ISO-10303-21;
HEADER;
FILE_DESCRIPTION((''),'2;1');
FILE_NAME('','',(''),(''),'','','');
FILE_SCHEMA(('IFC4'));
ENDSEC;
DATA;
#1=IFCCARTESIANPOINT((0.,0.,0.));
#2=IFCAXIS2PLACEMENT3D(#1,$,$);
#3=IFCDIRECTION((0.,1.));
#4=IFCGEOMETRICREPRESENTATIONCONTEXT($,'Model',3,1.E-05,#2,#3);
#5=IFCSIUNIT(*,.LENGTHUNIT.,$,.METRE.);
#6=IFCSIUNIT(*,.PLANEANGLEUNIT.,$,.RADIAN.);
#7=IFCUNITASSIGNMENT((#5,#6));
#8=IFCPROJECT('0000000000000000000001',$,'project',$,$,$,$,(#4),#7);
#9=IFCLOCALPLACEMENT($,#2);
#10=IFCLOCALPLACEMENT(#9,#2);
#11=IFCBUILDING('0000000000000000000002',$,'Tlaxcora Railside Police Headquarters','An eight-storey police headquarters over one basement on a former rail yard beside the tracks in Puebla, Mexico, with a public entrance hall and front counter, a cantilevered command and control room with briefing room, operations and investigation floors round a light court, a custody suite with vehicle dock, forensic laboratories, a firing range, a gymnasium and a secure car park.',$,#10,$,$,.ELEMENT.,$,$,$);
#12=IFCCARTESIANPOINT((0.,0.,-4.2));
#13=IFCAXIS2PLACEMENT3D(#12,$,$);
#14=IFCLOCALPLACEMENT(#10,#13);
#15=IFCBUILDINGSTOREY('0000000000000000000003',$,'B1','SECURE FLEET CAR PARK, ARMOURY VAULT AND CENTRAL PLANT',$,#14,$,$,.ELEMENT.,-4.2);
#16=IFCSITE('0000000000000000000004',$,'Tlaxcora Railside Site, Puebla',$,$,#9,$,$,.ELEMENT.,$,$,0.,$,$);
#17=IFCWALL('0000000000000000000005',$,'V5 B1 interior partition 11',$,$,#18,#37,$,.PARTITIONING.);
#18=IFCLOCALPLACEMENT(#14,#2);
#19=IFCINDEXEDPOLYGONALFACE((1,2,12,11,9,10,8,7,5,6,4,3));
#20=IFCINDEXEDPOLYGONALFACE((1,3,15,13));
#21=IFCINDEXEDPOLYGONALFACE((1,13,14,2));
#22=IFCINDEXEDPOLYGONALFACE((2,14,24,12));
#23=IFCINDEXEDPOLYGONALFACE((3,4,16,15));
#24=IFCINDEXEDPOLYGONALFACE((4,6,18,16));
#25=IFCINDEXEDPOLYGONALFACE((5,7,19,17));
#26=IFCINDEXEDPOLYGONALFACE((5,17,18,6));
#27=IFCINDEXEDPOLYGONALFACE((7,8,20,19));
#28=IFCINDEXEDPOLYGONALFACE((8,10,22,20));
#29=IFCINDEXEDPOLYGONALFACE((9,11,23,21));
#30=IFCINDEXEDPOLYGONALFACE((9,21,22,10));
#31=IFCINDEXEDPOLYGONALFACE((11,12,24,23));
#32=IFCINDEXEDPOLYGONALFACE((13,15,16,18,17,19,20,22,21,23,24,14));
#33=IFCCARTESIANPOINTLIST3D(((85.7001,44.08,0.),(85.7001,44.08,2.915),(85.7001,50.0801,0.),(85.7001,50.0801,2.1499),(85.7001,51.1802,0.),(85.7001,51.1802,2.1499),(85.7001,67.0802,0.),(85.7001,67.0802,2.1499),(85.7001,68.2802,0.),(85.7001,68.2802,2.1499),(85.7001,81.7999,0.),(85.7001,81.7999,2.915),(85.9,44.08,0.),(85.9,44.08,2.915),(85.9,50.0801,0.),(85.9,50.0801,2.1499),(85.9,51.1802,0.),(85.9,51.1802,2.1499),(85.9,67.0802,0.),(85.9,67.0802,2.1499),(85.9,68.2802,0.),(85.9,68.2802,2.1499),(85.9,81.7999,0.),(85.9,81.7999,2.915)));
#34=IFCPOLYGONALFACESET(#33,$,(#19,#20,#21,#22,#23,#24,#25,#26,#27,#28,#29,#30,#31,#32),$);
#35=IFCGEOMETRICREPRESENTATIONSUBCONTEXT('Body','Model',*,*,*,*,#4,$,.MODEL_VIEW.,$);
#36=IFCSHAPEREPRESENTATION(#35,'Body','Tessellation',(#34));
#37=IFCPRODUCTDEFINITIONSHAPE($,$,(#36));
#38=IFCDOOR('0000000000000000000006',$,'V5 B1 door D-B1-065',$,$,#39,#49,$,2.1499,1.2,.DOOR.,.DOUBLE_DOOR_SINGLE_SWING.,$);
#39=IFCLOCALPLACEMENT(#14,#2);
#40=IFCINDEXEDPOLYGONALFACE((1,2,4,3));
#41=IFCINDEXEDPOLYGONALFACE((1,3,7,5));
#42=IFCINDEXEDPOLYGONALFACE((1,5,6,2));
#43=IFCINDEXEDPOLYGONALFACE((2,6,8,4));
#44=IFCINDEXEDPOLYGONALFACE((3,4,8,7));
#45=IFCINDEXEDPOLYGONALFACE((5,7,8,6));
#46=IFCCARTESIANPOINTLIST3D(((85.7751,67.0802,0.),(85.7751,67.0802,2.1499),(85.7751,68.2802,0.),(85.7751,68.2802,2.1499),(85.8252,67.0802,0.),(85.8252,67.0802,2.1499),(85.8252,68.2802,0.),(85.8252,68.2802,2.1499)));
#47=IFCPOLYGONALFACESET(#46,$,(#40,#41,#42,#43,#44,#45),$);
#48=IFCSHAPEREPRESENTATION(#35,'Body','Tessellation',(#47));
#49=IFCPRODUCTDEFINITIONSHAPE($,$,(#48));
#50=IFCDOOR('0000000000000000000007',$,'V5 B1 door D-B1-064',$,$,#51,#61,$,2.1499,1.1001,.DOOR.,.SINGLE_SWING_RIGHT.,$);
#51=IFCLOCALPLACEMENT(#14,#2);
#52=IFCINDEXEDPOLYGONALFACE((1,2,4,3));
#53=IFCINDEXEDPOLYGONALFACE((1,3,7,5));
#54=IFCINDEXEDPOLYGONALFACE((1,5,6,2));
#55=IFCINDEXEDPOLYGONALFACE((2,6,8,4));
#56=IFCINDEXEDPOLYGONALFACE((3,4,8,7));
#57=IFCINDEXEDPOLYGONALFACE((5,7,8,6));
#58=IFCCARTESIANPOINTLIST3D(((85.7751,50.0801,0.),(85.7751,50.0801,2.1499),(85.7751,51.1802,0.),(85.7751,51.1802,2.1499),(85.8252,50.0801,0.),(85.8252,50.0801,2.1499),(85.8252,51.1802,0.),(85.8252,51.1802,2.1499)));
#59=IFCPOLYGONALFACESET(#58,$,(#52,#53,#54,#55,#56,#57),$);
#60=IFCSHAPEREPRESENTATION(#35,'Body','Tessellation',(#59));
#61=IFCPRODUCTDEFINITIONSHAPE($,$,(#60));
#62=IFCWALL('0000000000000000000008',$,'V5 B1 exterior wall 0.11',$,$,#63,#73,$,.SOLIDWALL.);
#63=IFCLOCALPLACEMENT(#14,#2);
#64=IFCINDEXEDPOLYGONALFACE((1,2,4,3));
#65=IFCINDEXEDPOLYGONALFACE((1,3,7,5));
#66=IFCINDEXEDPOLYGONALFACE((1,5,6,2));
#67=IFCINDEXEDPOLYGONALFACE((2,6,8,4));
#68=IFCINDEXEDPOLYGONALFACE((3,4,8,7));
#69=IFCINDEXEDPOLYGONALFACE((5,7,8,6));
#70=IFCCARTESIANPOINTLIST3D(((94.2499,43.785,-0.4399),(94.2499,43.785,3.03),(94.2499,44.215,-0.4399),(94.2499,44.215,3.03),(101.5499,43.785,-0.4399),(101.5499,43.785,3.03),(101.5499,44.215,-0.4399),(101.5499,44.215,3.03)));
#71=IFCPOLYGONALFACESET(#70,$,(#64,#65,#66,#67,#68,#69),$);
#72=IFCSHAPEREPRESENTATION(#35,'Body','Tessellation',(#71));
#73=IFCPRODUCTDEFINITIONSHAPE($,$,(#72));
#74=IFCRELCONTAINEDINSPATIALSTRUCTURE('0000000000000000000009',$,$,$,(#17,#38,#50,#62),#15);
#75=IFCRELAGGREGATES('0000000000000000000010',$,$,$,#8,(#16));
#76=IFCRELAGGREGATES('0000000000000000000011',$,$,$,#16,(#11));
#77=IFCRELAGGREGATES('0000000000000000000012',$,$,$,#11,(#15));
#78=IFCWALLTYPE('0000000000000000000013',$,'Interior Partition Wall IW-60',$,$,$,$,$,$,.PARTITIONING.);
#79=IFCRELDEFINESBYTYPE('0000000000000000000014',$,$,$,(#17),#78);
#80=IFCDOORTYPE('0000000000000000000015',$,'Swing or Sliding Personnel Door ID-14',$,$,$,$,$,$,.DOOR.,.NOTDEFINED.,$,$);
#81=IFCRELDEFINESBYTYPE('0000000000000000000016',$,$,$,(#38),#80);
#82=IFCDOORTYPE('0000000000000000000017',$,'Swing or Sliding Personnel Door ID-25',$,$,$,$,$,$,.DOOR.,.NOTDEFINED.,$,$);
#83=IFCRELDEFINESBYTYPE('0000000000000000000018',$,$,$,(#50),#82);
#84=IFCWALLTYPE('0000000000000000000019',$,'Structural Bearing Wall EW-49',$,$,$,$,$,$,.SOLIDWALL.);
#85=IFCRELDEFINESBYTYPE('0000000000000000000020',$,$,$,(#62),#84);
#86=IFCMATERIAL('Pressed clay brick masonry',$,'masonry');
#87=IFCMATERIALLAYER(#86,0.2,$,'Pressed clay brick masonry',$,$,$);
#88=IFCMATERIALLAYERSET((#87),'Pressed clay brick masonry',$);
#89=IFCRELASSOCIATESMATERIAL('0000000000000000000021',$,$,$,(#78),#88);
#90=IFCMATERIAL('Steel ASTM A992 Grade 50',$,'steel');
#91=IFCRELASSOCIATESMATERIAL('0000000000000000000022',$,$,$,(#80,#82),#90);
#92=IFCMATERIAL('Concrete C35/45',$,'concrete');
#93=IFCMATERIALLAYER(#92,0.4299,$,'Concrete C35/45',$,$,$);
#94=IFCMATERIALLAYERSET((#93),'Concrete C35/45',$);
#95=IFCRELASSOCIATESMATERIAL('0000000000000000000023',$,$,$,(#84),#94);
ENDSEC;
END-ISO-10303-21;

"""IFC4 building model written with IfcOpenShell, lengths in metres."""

from ifc_helpers import new_model, si_unit, direction, frame, frame_2d, origin, place, context, subcontext, project, spatial, rectangle, extrude, material, layer, layer_set, type_object, element, fill, save


model = new_model("IFC4")

# Units and contexts
model_context = context("Model", 3, precision=1e-05, world=origin(), true_north=direction((0.0, 1.0)))
body_context = subcontext(model_context, "Body", "Model", "MODEL_VIEW")
ifc_project = project(units=[si_unit("LENGTHUNIT", "METRE"), si_unit("PLANEANGLEUNIT", "RADIAN")], contexts=[model_context])

# Site, building, storey
site_placement = place(None, origin())
site = spatial("IfcSite", under=ifc_project, at=site_placement, Name="Tlaxcora Railside Site, Puebla", CompositionType="ELEMENT", RefElevation=0.0)
building_placement = place(site_placement, origin())
building = spatial("IfcBuilding", under=site, at=building_placement, Name="Tlaxcora Railside Police Headquarters", Description="An eight-storey police headquarters over one basement on a former rail yard beside the tracks in Puebla, Mexico, with a public entrance hall and front counter, a cantilevered command and control room with briefing room, operations and investigation floors round a light court, a custody suite with vehicle dock, forensic laboratories, a firing range, a gymnasium and a secure car park.", CompositionType="ELEMENT")
storey_placement = place(building_placement, frame((0.0, 0.0, -4.2)))
storey = spatial("IfcBuildingStorey", under=building, at=storey_placement, Name="B1", Description="SECURE FLEET CAR PARK, ARMOURY VAULT AND CENTRAL PLANT", CompositionType="ELEMENT", Elevation=-4.2)

# Shared definitions
ifc_material_1 = material(Name="Concrete C35/45", Category="concrete")

# Shared definitions
ifc_material_2 = material(Name="Steel ASTM A992 Grade 50", Category="steel")

# Wall, openings, doors
ifc_material_3 = material(Name="Pressed clay brick masonry", Category="masonry")
ifc_layer_1 = layer(ifc_material_3, 0.2, Name="Pressed clay brick masonry")
ifc_layer_set_1 = layer_set([ifc_layer_1], Name="Pressed clay brick masonry")
wall_type_1 = type_object("IfcWallType", Name="Interior Partition Wall IW-60", PredefinedType="PARTITIONING", material=ifc_layer_set_1)
wall_1_placement = place(storey_placement, frame((85.8, 44.0801, 0.0), z_axis=(0.0, 0.0, 1.0), x_axis=(0.0, 1.0, 0.0)))
wall_1 = element("IfcWall", 1, at=wall_1_placement, inside=storey, type_object=wall_type_1, Name="V5 B1 interior partition 11", PredefinedType="PARTITIONING", context=body_context, shape_type="SweptSolid", body=[
    extrude(rectangle(XDim=37.72, YDim=0.2, at=frame_2d((18.8599, 0.0))), origin(), (0.0, 0.0, 1.0), 2.915),
])
opening_1_placement = place(wall_1_placement, frame((6.0, 0.0, 0.0)))
opening_1 = element("IfcOpeningElement", 2, at=opening_1_placement, cuts=wall_1, PredefinedType="OPENING", context=body_context, shape_type="SweptSolid", body=[
    extrude(rectangle(XDim=1.1001, YDim=2.1499, at=frame_2d((0.55, 1.075))), frame((0.0, 0.1099, 0.0), z_axis=(0.0, -1.0, 0.0), x_axis=(1.0, 0.0, 0.0)), (0.0, 0.0, 1.0), 0.22),
])
opening_2_placement = place(wall_1_placement, frame((23.0, 0.0, 0.0)))
opening_2 = element("IfcOpeningElement", 3, at=opening_2_placement, cuts=wall_1, PredefinedType="OPENING", context=body_context, shape_type="SweptSolid", body=[
    extrude(rectangle(XDim=1.2, YDim=2.1499, at=frame_2d((0.6001, 1.075))), frame((0.0, 0.1099, 0.0), z_axis=(0.0, -1.0, 0.0), x_axis=(1.0, 0.0, 0.0)), (0.0, 0.0, 1.0), 0.22),
])
door_type_1 = type_object("IfcDoorType", Name="Swing or Sliding Personnel Door ID-14", OperationType="NOTDEFINED", PredefinedType="DOOR", material=ifc_material_2)
door_1_placement = place(opening_2_placement, origin())
door_1 = element("IfcDoor", 4, at=door_1_placement, inside=storey, type_object=door_type_1, Name="V5 B1 door D-B1-065", OperationType="DOUBLE_DOOR_SINGLE_SWING", OverallHeight=2.1499, OverallWidth=1.2, PredefinedType="DOOR", context=body_context, shape_type="SweptSolid", body=[
    extrude(rectangle(XDim=1.2, YDim=2.1499, at=frame_2d((0.6001, 1.075))), frame((0.0, 0.0249, 0.0), z_axis=(0.0, -1.0, 0.0), x_axis=(1.0, 0.0, 0.0)), (0.0, 0.0, 1.0), 0.05),
])
fill(opening_2, door_1)
door_type_2 = type_object("IfcDoorType", Name="Swing or Sliding Personnel Door ID-25", OperationType="NOTDEFINED", PredefinedType="DOOR", material=ifc_material_2)
door_2_placement = place(opening_1_placement, origin())
door_2 = element("IfcDoor", 5, at=door_2_placement, inside=storey, type_object=door_type_2, Name="V5 B1 door D-B1-064", OperationType="SINGLE_SWING_RIGHT", OverallHeight=2.1499, OverallWidth=1.1001, PredefinedType="DOOR", context=body_context, shape_type="SweptSolid", body=[
    extrude(rectangle(XDim=1.1001, YDim=2.1499, at=frame_2d((0.55, 1.075))), frame((0.0, 0.0249, 0.0), z_axis=(0.0, -1.0, 0.0), x_axis=(1.0, 0.0, 0.0)), (0.0, 0.0, 1.0), 0.05),
])
fill(opening_1, door_2)

# Wall
ifc_layer_2 = layer(ifc_material_1, 0.4299, Name="Concrete C35/45")
ifc_layer_set_2 = layer_set([ifc_layer_2], Name="Concrete C35/45")
wall_type_2 = type_object("IfcWallType", Name="Structural Bearing Wall EW-49", PredefinedType="SOLIDWALL", material=ifc_layer_set_2)
wall_2_placement = place(storey_placement, frame((94.25, 44.0, -0.4399), z_axis=(0.0, 0.0, 1.0), x_axis=(1.0, 0.0, 0.0)))
element("IfcWall", 6, at=wall_2_placement, inside=storey, type_object=wall_type_2, Name="V5 B1 exterior wall 0.11", PredefinedType="SOLIDWALL", context=body_context, shape_type="SweptSolid", body=[
    extrude(rectangle(XDim=7.3, YDim=0.4299, at=frame_2d((3.6499, 0.0))), origin(), (0.0, 0.0, 1.0), 3.47),
])

save(model, "model.ifc")
